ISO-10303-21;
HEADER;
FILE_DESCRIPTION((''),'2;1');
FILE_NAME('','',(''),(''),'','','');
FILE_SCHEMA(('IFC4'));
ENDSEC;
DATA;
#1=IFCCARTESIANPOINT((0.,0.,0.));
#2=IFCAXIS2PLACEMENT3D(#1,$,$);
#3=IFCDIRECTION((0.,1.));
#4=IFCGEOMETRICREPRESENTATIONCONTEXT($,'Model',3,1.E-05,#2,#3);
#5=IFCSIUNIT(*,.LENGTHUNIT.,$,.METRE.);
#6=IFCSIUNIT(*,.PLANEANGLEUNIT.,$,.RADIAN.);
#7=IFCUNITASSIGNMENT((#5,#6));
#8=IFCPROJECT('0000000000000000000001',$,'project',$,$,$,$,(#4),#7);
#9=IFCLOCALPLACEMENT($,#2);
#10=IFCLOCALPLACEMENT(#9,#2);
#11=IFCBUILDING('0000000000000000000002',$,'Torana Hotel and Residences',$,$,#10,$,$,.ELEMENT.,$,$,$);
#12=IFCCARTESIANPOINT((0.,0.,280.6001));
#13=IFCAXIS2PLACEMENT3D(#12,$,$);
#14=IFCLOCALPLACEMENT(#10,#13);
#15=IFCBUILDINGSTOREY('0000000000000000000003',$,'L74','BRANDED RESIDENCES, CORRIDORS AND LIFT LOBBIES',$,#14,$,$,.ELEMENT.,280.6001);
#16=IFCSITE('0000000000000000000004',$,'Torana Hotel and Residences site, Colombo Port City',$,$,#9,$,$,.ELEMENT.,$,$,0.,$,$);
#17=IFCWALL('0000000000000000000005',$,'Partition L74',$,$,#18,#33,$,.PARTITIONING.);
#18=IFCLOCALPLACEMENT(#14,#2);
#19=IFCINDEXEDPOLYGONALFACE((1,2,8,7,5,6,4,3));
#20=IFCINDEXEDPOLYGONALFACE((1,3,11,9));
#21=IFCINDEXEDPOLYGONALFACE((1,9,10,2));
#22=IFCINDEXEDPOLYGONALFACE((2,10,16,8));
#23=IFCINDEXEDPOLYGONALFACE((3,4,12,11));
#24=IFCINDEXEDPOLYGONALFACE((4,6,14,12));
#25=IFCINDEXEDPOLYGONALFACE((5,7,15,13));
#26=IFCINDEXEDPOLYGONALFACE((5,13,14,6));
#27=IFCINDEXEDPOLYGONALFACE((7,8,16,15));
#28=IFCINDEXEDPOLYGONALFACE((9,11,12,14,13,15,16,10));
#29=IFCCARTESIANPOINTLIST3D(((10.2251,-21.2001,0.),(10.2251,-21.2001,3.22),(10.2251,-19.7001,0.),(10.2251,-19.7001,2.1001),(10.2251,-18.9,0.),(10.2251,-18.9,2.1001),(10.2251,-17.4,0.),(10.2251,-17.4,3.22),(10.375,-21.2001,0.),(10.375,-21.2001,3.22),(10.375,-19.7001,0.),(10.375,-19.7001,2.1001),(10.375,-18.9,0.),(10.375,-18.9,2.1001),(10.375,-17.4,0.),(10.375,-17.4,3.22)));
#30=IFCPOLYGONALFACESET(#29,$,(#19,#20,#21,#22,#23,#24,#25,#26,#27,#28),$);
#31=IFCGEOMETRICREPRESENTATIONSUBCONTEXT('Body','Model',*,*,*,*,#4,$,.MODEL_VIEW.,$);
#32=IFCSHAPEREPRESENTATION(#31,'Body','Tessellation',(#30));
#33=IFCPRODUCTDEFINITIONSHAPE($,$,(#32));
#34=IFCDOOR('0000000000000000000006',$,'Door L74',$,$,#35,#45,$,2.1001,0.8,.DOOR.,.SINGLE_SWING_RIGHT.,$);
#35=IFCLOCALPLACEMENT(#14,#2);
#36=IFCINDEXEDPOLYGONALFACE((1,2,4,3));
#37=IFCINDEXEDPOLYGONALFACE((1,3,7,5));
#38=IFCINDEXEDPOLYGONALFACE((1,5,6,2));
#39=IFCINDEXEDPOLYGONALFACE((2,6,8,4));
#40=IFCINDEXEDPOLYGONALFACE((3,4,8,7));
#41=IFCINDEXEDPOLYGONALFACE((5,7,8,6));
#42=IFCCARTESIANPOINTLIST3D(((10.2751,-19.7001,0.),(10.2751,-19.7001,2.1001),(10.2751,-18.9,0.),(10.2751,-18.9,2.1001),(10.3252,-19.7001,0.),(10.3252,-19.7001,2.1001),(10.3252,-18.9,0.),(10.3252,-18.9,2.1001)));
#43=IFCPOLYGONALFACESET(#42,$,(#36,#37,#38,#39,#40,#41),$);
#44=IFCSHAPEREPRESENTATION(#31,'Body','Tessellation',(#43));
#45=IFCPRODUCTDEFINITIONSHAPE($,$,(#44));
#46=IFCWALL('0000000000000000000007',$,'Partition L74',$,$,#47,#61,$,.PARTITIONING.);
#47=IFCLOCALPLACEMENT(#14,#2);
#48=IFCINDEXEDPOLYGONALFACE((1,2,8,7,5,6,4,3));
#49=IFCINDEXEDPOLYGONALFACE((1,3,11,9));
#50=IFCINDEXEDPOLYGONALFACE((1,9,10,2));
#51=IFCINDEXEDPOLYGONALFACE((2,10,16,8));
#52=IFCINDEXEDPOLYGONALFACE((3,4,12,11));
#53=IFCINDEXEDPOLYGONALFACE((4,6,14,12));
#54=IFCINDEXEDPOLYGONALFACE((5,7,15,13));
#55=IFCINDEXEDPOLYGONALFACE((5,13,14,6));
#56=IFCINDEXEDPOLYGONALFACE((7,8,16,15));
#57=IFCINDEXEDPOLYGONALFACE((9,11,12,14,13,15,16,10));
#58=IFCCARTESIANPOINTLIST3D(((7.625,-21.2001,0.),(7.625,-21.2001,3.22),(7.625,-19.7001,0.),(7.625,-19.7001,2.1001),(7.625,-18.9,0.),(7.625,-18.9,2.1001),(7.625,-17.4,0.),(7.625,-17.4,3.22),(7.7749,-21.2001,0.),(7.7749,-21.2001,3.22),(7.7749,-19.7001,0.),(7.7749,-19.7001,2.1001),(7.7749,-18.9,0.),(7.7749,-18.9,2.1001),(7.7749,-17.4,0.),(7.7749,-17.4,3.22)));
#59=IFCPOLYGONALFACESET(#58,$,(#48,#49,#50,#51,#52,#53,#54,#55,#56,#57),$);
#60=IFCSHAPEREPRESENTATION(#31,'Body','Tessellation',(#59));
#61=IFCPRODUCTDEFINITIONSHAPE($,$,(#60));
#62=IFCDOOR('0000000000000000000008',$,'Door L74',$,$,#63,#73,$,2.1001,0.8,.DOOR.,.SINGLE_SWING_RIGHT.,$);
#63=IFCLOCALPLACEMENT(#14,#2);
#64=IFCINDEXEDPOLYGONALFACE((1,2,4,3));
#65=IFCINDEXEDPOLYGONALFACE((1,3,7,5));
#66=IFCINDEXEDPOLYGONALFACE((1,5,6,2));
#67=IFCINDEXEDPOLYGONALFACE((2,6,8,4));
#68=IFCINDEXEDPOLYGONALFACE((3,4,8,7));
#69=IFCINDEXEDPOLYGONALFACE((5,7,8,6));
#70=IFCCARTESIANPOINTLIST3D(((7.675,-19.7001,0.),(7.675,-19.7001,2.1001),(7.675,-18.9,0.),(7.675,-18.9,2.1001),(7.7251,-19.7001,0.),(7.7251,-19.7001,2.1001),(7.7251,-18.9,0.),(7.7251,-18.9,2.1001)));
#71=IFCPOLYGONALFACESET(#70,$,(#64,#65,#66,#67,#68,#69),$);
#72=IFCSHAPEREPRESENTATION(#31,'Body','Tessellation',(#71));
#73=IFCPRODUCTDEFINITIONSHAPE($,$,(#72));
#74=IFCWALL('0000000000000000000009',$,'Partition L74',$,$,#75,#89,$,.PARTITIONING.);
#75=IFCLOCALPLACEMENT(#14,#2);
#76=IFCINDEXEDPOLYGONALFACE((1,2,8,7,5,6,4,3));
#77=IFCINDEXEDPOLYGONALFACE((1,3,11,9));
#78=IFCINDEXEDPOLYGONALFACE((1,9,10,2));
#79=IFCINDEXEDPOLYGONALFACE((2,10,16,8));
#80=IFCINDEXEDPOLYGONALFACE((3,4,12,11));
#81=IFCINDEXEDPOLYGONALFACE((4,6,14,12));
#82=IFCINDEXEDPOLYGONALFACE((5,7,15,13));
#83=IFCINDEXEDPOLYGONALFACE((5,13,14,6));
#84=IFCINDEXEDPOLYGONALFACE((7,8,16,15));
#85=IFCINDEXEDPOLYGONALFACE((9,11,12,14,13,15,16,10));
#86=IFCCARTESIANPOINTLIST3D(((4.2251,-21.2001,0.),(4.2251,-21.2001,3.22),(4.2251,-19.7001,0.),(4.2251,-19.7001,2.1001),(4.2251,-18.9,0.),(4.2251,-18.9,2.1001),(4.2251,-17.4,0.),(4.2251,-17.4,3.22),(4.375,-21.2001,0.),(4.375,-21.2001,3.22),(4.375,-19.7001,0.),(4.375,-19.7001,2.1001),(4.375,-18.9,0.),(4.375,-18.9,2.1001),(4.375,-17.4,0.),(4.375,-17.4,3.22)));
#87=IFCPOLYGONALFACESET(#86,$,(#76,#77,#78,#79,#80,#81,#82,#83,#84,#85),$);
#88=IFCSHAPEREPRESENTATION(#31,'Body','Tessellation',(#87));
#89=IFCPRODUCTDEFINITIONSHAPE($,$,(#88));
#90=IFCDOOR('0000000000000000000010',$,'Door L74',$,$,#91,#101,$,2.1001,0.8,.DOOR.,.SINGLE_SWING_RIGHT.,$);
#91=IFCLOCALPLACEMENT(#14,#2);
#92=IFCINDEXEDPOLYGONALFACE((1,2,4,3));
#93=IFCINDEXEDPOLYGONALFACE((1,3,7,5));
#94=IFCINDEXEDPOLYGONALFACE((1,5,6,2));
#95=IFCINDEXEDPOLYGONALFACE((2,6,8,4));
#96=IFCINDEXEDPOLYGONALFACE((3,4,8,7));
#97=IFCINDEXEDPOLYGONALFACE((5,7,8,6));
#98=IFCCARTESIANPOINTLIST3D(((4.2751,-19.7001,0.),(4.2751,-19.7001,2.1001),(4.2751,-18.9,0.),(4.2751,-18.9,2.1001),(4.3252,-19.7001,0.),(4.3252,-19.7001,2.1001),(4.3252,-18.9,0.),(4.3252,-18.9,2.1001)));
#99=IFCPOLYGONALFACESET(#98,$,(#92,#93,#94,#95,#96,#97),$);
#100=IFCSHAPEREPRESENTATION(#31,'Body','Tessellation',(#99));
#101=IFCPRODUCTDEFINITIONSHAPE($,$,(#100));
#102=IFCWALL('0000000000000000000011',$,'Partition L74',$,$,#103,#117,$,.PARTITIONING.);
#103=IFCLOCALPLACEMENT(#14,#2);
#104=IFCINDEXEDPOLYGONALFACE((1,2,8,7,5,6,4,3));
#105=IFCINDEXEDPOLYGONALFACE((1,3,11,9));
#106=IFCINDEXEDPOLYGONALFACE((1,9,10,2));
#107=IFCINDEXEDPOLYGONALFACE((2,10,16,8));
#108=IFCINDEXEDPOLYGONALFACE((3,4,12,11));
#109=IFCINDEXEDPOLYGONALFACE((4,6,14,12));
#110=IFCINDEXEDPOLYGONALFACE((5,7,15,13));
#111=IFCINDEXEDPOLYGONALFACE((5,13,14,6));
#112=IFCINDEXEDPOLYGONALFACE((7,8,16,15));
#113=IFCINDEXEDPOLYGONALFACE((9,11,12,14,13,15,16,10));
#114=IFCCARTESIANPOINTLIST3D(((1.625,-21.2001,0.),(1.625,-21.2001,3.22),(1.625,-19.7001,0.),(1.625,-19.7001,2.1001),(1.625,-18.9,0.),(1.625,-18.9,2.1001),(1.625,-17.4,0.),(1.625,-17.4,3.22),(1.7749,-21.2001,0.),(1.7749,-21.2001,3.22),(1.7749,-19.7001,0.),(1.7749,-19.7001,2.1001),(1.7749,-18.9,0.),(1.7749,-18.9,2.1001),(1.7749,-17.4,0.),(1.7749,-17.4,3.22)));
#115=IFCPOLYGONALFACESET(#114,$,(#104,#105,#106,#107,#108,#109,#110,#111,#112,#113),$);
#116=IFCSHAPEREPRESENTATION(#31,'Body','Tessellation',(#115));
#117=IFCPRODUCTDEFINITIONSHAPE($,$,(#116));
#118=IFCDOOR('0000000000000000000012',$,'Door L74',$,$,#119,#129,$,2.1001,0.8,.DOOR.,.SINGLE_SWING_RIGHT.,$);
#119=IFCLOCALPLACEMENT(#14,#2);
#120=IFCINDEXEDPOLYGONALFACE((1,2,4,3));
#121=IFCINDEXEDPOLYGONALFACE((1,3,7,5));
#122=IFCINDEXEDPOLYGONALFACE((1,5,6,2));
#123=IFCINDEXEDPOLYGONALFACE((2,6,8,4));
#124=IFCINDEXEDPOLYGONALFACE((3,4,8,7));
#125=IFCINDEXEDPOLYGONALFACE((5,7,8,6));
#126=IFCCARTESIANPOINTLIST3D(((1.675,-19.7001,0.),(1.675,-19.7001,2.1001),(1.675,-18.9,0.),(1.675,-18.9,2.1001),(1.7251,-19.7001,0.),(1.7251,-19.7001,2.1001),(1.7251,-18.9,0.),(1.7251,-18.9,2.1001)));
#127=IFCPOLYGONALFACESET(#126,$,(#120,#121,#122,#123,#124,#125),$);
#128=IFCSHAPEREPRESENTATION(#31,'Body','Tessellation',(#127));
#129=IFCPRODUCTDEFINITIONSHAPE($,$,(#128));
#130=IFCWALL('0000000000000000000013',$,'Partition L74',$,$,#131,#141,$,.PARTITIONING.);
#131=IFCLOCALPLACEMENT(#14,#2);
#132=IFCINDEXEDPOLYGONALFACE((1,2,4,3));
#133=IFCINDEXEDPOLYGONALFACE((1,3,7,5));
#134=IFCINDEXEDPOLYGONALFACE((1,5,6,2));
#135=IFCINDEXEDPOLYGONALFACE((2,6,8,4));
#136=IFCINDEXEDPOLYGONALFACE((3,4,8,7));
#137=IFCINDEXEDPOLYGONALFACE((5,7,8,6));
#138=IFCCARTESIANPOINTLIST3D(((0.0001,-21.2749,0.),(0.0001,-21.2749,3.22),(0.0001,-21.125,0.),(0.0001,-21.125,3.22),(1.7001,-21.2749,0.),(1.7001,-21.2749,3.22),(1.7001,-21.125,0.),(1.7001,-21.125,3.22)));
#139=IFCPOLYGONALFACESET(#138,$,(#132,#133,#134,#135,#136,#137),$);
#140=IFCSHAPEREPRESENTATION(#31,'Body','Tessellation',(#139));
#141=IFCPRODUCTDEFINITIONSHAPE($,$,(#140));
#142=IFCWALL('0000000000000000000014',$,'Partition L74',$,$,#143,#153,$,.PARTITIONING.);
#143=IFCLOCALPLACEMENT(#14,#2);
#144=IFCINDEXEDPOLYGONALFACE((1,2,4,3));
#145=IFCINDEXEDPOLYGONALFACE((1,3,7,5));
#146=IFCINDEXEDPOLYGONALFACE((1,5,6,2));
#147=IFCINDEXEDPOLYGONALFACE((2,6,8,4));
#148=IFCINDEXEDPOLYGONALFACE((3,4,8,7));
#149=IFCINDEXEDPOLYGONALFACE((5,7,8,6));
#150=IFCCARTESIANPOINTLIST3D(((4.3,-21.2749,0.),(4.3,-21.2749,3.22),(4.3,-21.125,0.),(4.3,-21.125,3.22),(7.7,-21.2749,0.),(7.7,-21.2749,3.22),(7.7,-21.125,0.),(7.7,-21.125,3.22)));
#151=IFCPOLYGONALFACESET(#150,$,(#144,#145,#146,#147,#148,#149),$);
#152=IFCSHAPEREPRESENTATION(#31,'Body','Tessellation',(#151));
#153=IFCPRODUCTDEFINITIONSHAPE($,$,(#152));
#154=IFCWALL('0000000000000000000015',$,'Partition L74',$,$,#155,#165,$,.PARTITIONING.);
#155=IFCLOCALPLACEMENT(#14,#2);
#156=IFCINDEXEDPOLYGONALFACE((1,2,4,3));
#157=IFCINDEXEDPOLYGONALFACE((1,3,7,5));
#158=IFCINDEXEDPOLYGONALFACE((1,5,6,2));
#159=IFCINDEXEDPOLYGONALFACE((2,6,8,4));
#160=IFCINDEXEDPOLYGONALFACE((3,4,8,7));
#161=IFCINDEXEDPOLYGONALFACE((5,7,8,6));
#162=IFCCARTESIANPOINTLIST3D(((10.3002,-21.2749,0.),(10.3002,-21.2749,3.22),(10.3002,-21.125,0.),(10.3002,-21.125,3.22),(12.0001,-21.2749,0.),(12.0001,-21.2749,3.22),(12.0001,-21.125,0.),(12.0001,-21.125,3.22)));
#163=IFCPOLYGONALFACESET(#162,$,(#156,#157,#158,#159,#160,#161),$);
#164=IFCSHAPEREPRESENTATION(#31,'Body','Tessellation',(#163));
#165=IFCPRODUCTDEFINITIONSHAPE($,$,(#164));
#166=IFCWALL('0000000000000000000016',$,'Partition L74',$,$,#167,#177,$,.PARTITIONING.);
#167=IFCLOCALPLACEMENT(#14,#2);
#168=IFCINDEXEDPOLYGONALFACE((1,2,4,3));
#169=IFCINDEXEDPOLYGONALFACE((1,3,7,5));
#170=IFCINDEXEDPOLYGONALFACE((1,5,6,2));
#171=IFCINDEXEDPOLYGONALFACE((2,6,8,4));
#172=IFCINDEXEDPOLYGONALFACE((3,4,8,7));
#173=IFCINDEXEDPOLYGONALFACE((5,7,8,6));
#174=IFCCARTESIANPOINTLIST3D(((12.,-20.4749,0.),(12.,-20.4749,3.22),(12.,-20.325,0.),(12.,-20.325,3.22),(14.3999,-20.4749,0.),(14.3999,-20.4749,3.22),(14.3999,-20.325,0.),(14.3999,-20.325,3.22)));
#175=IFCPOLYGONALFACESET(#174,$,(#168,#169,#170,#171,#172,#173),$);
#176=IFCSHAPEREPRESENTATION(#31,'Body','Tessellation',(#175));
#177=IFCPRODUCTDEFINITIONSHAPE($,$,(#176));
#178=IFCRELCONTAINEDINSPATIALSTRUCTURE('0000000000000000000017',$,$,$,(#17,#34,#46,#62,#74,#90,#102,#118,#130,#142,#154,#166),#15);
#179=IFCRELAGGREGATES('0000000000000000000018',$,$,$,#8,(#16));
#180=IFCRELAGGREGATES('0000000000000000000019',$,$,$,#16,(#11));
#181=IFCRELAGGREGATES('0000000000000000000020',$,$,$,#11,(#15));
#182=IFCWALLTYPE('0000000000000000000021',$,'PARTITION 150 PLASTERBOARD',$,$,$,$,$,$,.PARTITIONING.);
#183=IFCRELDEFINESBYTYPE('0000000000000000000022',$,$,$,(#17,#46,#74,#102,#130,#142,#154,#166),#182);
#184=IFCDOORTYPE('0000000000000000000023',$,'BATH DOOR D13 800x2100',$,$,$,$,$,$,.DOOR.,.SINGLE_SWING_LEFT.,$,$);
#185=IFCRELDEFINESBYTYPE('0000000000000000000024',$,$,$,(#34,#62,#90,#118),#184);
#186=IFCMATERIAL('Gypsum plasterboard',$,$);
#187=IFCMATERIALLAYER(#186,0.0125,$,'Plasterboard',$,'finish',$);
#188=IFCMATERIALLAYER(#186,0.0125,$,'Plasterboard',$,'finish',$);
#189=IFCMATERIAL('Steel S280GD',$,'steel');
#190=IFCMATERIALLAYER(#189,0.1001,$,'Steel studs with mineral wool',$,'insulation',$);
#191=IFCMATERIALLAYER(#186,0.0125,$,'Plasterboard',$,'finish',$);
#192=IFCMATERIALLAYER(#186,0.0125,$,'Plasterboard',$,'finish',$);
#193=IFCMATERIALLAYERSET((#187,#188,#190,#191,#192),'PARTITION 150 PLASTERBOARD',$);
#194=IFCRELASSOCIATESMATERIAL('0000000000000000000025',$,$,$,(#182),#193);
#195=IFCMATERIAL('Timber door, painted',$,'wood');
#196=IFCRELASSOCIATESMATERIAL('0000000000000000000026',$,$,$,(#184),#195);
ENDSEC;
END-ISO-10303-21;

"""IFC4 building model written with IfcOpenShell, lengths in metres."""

from ifc_helpers import new_model, si_unit, direction, frame, frame_2d, origin, place, context, subcontext, project, spatial, rectangle, extrude, material, layer, layer_set, type_object, element, fill, save


model = new_model("IFC4")

# Units and contexts
model_context = context("Model", 3, precision=1e-05, world=origin(), true_north=direction((0.0, 1.0)))
body_context = subcontext(model_context, "Body", "Model", "MODEL_VIEW")
ifc_project = project(units=[si_unit("LENGTHUNIT", "METRE"), si_unit("PLANEANGLEUNIT", "RADIAN")], contexts=[model_context])

# Site, building, storey
site_placement = place(None, origin())
site = spatial("IfcSite", under=ifc_project, at=site_placement, Name="Torana Hotel and Residences site, Colombo Port City", CompositionType="ELEMENT", RefElevation=0.0)
building_placement = place(site_placement, origin())
building = spatial("IfcBuilding", under=site, at=building_placement, Name="Torana Hotel and Residences", CompositionType="ELEMENT")
storey_placement = place(building_placement, frame((0.0, 0.0, 280.6001)))
storey = spatial("IfcBuildingStorey", under=building, at=storey_placement, Name="L74", Description="BRANDED RESIDENCES, CORRIDORS AND LIFT LOBBIES", CompositionType="ELEMENT", Elevation=280.6001)

# Walls, openings, doors
ifc_material_1 = material(Name="Gypsum plasterboard")
ifc_layer_1 = layer(ifc_material_1, 0.0125, Name="Plasterboard", Category="finish")
ifc_layer_2 = layer(ifc_material_1, 0.0125, Name="Plasterboard", Category="finish")
ifc_material_2 = material(Name="Steel S280GD", Category="steel")
ifc_layer_3 = layer(ifc_material_2, 0.1001, Name="Steel studs with mineral wool", Category="insulation")
ifc_layer_4 = layer(ifc_material_1, 0.0125, Name="Plasterboard", Category="finish")
ifc_layer_5 = layer(ifc_material_1, 0.0125, Name="Plasterboard", Category="finish")
ifc_layer_set_1 = layer_set([ifc_layer_1, ifc_layer_2, ifc_layer_3, ifc_layer_4, ifc_layer_5], Name="PARTITION 150 PLASTERBOARD")
wall_type_1 = type_object("IfcWallType", Name="PARTITION 150 PLASTERBOARD", PredefinedType="PARTITIONING", material=ifc_layer_set_1)
wall_1_placement = place(storey_placement, frame((10.3, -21.2, 0.0), z_axis=(0.0, 0.0, 1.0), x_axis=(0.0, 1.0, 0.0)))
wall_1 = element("IfcWall", 1, at=wall_1_placement, inside=storey, type_object=wall_type_1, Name="Partition L74", PredefinedType="PARTITIONING", context=body_context, shape_type="SweptSolid", body=[
    extrude(rectangle(XDim=3.8, YDim=0.1499, at=frame_2d((1.8999, 0.0))), origin(), (0.0, 0.0, 1.0), 3.22),
])
opening_1_placement = place(wall_1_placement, frame((1.5, 0.0, 0.0)))
opening_1 = element("IfcOpeningElement", 2, at=opening_1_placement, cuts=wall_1, PredefinedType="OPENING", context=body_context, shape_type="SweptSolid", body=[
    extrude(rectangle(XDim=0.8, YDim=2.1001, at=frame_2d((0.3999, 1.05))), frame((0.0, 0.085, 0.0), z_axis=(0.0, -1.0, 0.0), x_axis=(1.0, 0.0, 0.0)), (0.0, 0.0, 1.0), 0.1699),
])
ifc_material_3 = material(Name="Timber door, painted", Category="wood")
door_type_1 = type_object("IfcDoorType", Name="BATH DOOR D13 800x2100", OperationType="SINGLE_SWING_LEFT", PredefinedType="DOOR", material=ifc_material_3)
door_1_placement = place(opening_1_placement, origin())
door_1 = element("IfcDoor", 3, at=door_1_placement, inside=storey, type_object=door_type_1, Name="Door L74", OperationType="SINGLE_SWING_RIGHT", OverallHeight=2.1001, OverallWidth=0.8, PredefinedType="DOOR", context=body_context, shape_type="SweptSolid", body=[
    extrude(rectangle(XDim=0.8, YDim=2.1001, at=frame_2d((0.3999, 1.05))), frame((0.0, 0.0249, 0.0), z_axis=(0.0, -1.0, 0.0), x_axis=(1.0, 0.0, 0.0)), (0.0, 0.0, 1.0), 0.05),
])
fill(opening_1, door_1)
wall_2_placement = place(storey_placement, frame((7.7, -21.2, 0.0), z_axis=(0.0, 0.0, 1.0), x_axis=(0.0, 1.0, 0.0)))
wall_2 = element("IfcWall", 4, at=wall_2_placement, inside=storey, type_object=wall_type_1, Name="Partition L74", PredefinedType="PARTITIONING", context=body_context, shape_type="SweptSolid", body=[
    extrude(rectangle(XDim=3.8, YDim=0.1499, at=frame_2d((1.8999, 0.0))), origin(), (0.0, 0.0, 1.0), 3.22),
])
opening_2_placement = place(wall_2_placement, frame((1.5, 0.0, 0.0)))
opening_2 = element("IfcOpeningElement", 5, at=opening_2_placement, cuts=wall_2, PredefinedType="OPENING", context=body_context, shape_type="SweptSolid", body=[
    extrude(rectangle(XDim=0.8, YDim=2.1001, at=frame_2d((0.3999, 1.05))), frame((0.0, 0.085, 0.0), z_axis=(0.0, -1.0, 0.0), x_axis=(1.0, 0.0, 0.0)), (0.0, 0.0, 1.0), 0.1699),
])
door_2_placement = place(opening_2_placement, origin())
door_2 = element("IfcDoor", 6, at=door_2_placement, inside=storey, type_object=door_type_1, Name="Door L74", OperationType="SINGLE_SWING_RIGHT", OverallHeight=2.1001, OverallWidth=0.8, PredefinedType="DOOR", context=body_context, shape_type="SweptSolid", body=[
    extrude(rectangle(XDim=0.8, YDim=2.1001, at=frame_2d((0.3999, 1.05))), frame((0.0, 0.0249, 0.0), z_axis=(0.0, -1.0, 0.0), x_axis=(1.0, 0.0, 0.0)), (0.0, 0.0, 1.0), 0.05),
])
fill(opening_2, door_2)
wall_3_placement = place(storey_placement, frame((4.3, -21.2, 0.0), z_axis=(0.0, 0.0, 1.0), x_axis=(0.0, 1.0, 0.0)))
wall_3 = element("IfcWall", 7, at=wall_3_placement, inside=storey, type_object=wall_type_1, Name="Partition L74", PredefinedType="PARTITIONING", context=body_context, shape_type="SweptSolid", body=[
    extrude(rectangle(XDim=3.8, YDim=0.1499, at=frame_2d((1.8999, 0.0))), origin(), (0.0, 0.0, 1.0), 3.22),
])
opening_3_placement = place(wall_3_placement, frame((1.5, 0.0, 0.0)))
opening_3 = element("IfcOpeningElement", 8, at=opening_3_placement, cuts=wall_3, PredefinedType="OPENING", context=body_context, shape_type="SweptSolid", body=[
    extrude(rectangle(XDim=0.8, YDim=2.1001, at=frame_2d((0.3999, 1.05))), frame((0.0, 0.085, 0.0), z_axis=(0.0, -1.0, 0.0), x_axis=(1.0, 0.0, 0.0)), (0.0, 0.0, 1.0), 0.1699),
])
door_3_placement = place(opening_3_placement, origin())
door_3 = element("IfcDoor", 9, at=door_3_placement, inside=storey, type_object=door_type_1, Name="Door L74", OperationType="SINGLE_SWING_RIGHT", OverallHeight=2.1001, OverallWidth=0.8, PredefinedType="DOOR", context=body_context, shape_type="SweptSolid", body=[
    extrude(rectangle(XDim=0.8, YDim=2.1001, at=frame_2d((0.3999, 1.05))), frame((0.0, 0.0249, 0.0), z_axis=(0.0, -1.0, 0.0), x_axis=(1.0, 0.0, 0.0)), (0.0, 0.0, 1.0), 0.05),
])
fill(opening_3, door_3)
wall_4_placement = place(storey_placement, frame((1.7, -21.2, 0.0), z_axis=(0.0, 0.0, 1.0), x_axis=(0.0, 1.0, 0.0)))
wall_4 = element("IfcWall", 10, at=wall_4_placement, inside=storey, type_object=wall_type_1, Name="Partition L74", PredefinedType="PARTITIONING", context=body_context, shape_type="SweptSolid", body=[
    extrude(rectangle(XDim=3.8, YDim=0.1499, at=frame_2d((1.8999, 0.0))), origin(), (0.0, 0.0, 1.0), 3.22),
])
opening_4_placement = place(wall_4_placement, frame((1.5, 0.0, 0.0)))
opening_4 = element("IfcOpeningElement", 11, at=opening_4_placement, cuts=wall_4, PredefinedType="OPENING", context=body_context, shape_type="SweptSolid", body=[
    extrude(rectangle(XDim=0.8, YDim=2.1001, at=frame_2d((0.3999, 1.05))), frame((0.0, 0.085, 0.0), z_axis=(0.0, -1.0, 0.0), x_axis=(1.0, 0.0, 0.0)), (0.0, 0.0, 1.0), 0.1699),
])
door_4_placement = place(opening_4_placement, origin())
door_4 = element("IfcDoor", 12, at=door_4_placement, inside=storey, type_object=door_type_1, Name="Door L74", OperationType="SINGLE_SWING_RIGHT", OverallHeight=2.1001, OverallWidth=0.8, PredefinedType="DOOR", context=body_context, shape_type="SweptSolid", body=[
    extrude(rectangle(XDim=0.8, YDim=2.1001, at=frame_2d((0.3999, 1.05))), frame((0.0, 0.0249, 0.0), z_axis=(0.0, -1.0, 0.0), x_axis=(1.0, 0.0, 0.0)), (0.0, 0.0, 1.0), 0.05),
])
fill(opening_4, door_4)

# Walls
wall_5_placement = place(storey_placement, frame((0.0, -21.2, 0.0), z_axis=(0.0, 0.0, 1.0), x_axis=(1.0, 0.0, 0.0)))
element("IfcWall", 13, at=wall_5_placement, inside=storey, type_object=wall_type_1, Name="Partition L74", PredefinedType="PARTITIONING", context=body_context, shape_type="SweptSolid", body=[
    extrude(rectangle(XDim=1.7, YDim=0.1499, at=frame_2d((0.8501, 0.0))), origin(), (0.0, 0.0, 1.0), 3.22),
])
wall_6_placement = place(storey_placement, frame((4.3, -21.2, 0.0), z_axis=(0.0, 0.0, 1.0), x_axis=(1.0, 0.0, 0.0)))
element("IfcWall", 14, at=wall_6_placement, inside=storey, type_object=wall_type_1, Name="Partition L74", PredefinedType="PARTITIONING", context=body_context, shape_type="SweptSolid", body=[
    extrude(rectangle(XDim=3.3999, YDim=0.1499, at=frame_2d((1.7, 0.0))), origin(), (0.0, 0.0, 1.0), 3.22),
])
wall_7_placement = place(storey_placement, frame((10.3, -21.2, 0.0), z_axis=(0.0, 0.0, 1.0), x_axis=(1.0, 0.0, 0.0)))
element("IfcWall", 15, at=wall_7_placement, inside=storey, type_object=wall_type_1, Name="Partition L74", PredefinedType="PARTITIONING", context=body_context, shape_type="SweptSolid", body=[
    extrude(rectangle(XDim=1.7, YDim=0.1499, at=frame_2d((0.8501, 0.0))), origin(), (0.0, 0.0, 1.0), 3.22),
])
wall_8_placement = place(storey_placement, frame((12.0, -20.3999, 0.0), z_axis=(0.0, 0.0, 1.0), x_axis=(1.0, 0.0, 0.0)))
element("IfcWall", 16, at=wall_8_placement, inside=storey, type_object=wall_type_1, Name="Partition L74", PredefinedType="PARTITIONING", context=body_context, shape_type="SweptSolid", body=[
    extrude(rectangle(XDim=2.3999, YDim=0.1499, at=frame_2d((1.2, 0.0))), origin(), (0.0, 0.0, 1.0), 3.22),
])

save(model, "model.ifc")
